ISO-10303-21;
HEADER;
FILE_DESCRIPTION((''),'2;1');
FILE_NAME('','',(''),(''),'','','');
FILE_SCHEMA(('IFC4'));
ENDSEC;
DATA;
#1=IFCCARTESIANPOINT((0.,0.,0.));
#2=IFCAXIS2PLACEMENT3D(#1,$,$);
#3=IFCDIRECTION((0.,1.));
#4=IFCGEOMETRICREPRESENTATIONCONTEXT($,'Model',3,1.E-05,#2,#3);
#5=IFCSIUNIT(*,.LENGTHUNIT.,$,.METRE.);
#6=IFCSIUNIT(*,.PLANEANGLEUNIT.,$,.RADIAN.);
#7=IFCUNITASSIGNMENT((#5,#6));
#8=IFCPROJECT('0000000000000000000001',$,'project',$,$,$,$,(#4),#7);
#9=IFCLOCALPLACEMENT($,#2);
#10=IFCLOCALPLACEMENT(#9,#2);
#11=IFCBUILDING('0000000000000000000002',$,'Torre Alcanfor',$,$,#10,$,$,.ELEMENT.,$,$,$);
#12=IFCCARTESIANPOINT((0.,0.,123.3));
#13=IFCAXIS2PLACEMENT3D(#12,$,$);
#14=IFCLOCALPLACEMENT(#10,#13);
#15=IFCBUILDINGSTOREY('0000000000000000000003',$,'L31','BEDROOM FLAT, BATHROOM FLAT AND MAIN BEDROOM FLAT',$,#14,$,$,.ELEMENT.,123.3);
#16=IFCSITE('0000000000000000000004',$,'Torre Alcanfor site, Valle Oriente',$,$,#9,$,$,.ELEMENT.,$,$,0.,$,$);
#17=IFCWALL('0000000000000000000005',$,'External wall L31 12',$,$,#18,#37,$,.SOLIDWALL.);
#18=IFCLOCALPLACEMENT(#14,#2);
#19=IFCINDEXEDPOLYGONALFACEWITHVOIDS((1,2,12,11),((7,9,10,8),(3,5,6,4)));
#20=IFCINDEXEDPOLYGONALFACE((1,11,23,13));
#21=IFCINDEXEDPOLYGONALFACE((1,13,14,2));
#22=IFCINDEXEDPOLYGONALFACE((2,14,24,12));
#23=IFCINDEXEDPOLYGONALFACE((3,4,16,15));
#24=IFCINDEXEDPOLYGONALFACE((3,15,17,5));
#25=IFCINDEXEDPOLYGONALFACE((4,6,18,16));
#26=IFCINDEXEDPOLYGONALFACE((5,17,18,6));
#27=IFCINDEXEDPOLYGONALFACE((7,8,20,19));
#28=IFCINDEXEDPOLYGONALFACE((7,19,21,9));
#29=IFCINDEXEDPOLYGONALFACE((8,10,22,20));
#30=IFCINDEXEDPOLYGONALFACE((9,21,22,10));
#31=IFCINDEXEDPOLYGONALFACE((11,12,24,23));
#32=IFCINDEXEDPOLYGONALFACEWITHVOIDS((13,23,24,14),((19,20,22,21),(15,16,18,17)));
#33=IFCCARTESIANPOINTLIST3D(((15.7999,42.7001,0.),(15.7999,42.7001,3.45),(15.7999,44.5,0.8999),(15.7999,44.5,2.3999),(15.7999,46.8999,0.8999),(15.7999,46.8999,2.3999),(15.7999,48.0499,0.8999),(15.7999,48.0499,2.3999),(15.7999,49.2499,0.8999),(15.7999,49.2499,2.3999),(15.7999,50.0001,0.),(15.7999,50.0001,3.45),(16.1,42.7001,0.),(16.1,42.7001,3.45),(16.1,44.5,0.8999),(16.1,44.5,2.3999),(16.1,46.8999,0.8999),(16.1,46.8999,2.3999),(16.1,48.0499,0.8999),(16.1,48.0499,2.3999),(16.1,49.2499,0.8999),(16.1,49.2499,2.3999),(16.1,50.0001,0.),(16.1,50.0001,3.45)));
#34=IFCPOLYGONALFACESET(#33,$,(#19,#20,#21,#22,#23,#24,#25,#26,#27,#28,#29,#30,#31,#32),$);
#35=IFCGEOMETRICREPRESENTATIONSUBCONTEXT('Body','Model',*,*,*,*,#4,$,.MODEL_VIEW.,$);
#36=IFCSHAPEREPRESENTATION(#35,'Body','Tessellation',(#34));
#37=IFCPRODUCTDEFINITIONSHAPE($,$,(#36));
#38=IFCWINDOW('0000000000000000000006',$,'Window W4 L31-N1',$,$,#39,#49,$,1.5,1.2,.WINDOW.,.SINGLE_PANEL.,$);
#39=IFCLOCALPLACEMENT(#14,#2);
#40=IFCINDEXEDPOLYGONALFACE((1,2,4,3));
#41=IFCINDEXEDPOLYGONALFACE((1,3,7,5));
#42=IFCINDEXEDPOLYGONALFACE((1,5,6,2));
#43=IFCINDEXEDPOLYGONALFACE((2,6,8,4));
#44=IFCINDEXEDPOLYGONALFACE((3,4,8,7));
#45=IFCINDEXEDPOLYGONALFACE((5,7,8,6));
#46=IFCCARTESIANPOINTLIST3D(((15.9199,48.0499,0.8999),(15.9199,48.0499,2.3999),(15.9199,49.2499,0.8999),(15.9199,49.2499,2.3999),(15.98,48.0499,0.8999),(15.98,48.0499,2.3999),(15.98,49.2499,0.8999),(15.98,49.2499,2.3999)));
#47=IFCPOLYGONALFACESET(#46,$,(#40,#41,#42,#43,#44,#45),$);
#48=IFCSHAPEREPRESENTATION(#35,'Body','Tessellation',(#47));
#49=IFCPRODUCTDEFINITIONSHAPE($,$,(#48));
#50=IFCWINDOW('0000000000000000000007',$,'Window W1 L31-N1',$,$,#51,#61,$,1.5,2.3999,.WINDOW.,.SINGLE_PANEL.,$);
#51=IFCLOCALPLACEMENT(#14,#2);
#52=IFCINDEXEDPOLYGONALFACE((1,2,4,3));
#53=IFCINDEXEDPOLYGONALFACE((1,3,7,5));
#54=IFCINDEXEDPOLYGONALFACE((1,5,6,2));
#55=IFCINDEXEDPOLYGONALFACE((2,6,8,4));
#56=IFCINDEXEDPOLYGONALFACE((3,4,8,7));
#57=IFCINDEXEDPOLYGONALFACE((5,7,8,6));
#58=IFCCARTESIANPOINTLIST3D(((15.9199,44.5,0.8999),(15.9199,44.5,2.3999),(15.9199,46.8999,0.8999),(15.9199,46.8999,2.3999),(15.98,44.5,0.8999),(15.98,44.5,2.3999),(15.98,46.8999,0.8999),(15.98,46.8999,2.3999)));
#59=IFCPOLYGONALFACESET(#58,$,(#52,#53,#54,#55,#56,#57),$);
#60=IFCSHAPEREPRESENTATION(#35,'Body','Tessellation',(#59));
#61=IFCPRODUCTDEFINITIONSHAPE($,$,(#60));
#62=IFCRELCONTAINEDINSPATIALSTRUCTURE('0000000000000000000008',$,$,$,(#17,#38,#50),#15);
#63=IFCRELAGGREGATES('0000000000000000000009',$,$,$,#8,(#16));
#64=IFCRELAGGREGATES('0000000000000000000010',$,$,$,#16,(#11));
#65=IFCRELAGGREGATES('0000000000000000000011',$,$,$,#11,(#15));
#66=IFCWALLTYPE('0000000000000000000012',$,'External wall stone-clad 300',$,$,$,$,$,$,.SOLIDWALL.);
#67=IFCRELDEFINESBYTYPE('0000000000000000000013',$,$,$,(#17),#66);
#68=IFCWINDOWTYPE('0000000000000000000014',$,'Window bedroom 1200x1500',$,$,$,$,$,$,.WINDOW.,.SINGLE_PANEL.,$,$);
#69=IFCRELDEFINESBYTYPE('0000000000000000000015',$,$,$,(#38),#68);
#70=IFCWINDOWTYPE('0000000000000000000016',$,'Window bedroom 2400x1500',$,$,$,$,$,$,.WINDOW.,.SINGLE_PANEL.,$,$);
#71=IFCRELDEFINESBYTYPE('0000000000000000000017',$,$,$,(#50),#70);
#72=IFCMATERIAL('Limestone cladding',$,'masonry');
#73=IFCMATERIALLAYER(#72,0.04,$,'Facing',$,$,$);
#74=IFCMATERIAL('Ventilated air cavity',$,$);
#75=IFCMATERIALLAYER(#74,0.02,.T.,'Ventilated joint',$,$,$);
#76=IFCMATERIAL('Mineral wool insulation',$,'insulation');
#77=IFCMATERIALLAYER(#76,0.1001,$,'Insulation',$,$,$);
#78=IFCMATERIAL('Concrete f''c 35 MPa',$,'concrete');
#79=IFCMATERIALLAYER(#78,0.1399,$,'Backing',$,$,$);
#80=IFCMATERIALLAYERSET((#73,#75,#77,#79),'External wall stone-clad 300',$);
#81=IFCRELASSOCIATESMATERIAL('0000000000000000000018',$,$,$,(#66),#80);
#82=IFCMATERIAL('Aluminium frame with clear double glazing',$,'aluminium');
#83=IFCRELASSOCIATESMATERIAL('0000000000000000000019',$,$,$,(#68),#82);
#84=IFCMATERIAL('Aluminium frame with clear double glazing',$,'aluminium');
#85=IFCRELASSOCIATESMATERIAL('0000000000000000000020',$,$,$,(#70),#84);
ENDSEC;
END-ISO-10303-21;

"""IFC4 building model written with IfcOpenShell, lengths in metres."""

from ifc_helpers import new_model, si_unit, direction, frame, frame_2d, origin, place, context, subcontext, project, spatial, rectangle, extrude, material, layer, layer_set, type_object, element, fill, save


model = new_model("IFC4")

# Units and contexts
model_context = context("Model", 3, precision=1e-05, world=origin(), true_north=direction((0.0, 1.0)))
body_context = subcontext(model_context, "Body", "Model", "MODEL_VIEW")
ifc_project = project(units=[si_unit("LENGTHUNIT", "METRE"), si_unit("PLANEANGLEUNIT", "RADIAN")], contexts=[model_context])

# Site, building, storey
site_placement = place(None, origin())
site = spatial("IfcSite", under=ifc_project, at=site_placement, Name="Torre Alcanfor site, Valle Oriente", CompositionType="ELEMENT", RefElevation=0.0)
building_placement = place(site_placement, origin())
building = spatial("IfcBuilding", under=site, at=building_placement, Name="Torre Alcanfor", CompositionType="ELEMENT")
storey_placement = place(building_placement, frame((0.0, 0.0, 123.3)))
storey = spatial("IfcBuildingStorey", under=building, at=storey_placement, Name="L31", Description="BEDROOM FLAT, BATHROOM FLAT AND MAIN BEDROOM FLAT", CompositionType="ELEMENT", Elevation=123.3)

# Shared definitions
ifc_material_1 = material(Name="Limestone cladding", Category="masonry")
ifc_layer_1 = layer(ifc_material_1, 0.04, Name="Facing")
ifc_material_2 = material(Name="Ventilated air cavity")
ifc_layer_2 = layer(ifc_material_2, 0.02, ventilated=True, Name="Ventilated joint")
ifc_material_3 = material(Name="Mineral wool insulation", Category="insulation")
ifc_layer_3 = layer(ifc_material_3, 0.1001, Name="Insulation")
ifc_material_4 = material(Name="Concrete f'c 35 MPa", Category="concrete")
ifc_layer_4 = layer(ifc_material_4, 0.1399, Name="Backing")
ifc_layer_set_1 = layer_set([ifc_layer_1, ifc_layer_2, ifc_layer_3, ifc_layer_4], Name="External wall stone-clad 300")
wall_type_1 = type_object("IfcWallType", Name="External wall stone-clad 300", PredefinedType="SOLIDWALL", material=ifc_layer_set_1)
ifc_material_5 = material(Name="Aluminium frame with clear double glazing", Category="aluminium")
window_type_1 = type_object("IfcWindowType", Name="Window bedroom 1200x1500", PartitioningType="SINGLE_PANEL", PredefinedType="WINDOW", material=ifc_material_5)

# Wall, openings, windows
wall_1_placement = place(storey_placement, frame((15.95, 50.0, 0.0), z_axis=(0.0, 0.0, 1.0), x_axis=(0.0, -1.0, 0.0)))
wall_1 = element("IfcWall", 1, at=wall_1_placement, inside=storey, type_object=wall_type_1, Name="External wall L31 12", PredefinedType="SOLIDWALL", context=body_context, shape_type="SweptSolid", body=[
    extrude(rectangle(XDim=7.3, YDim=0.3, at=frame_2d((3.6499, 0.0))), origin(), (0.0, 0.0, 1.0), 3.45),
])
opening_1_placement = place(wall_1_placement, frame((3.1001, 0.0, 0.8999)))
opening_1 = element("IfcOpeningElement", 2, at=opening_1_placement, cuts=wall_1, PredefinedType="OPENING", context=body_context, shape_type="SweptSolid", body=[
    extrude(rectangle(XDim=2.3999, YDim=1.5, at=frame_2d((1.2, 0.75))), frame((0.0, 0.1599, 0.0), z_axis=(0.0, -1.0, 0.0), x_axis=(1.0, 0.0, 0.0)), (0.0, 0.0, 1.0), 0.3201),
])
opening_2_placement = place(wall_1_placement, frame((0.75, 0.0, 0.8999)))
opening_2 = element("IfcOpeningElement", 3, at=opening_2_placement, cuts=wall_1, PredefinedType="OPENING", context=body_context, shape_type="SweptSolid", body=[
    extrude(rectangle(XDim=1.2, YDim=1.5, at=frame_2d((0.6001, 0.75))), frame((0.0, 0.1599, 0.0), z_axis=(0.0, -1.0, 0.0), x_axis=(1.0, 0.0, 0.0)), (0.0, 0.0, 1.0), 0.3201),
])
window_1_placement = place(opening_2_placement, origin())
window_1 = element("IfcWindow", 4, at=window_1_placement, inside=storey, type_object=window_type_1, Name="Window W4 L31-N1", OverallHeight=1.5, OverallWidth=1.2, PartitioningType="SINGLE_PANEL", PredefinedType="WINDOW", context=body_context, shape_type="SweptSolid", body=[
    extrude(rectangle(XDim=1.2, YDim=1.5, at=frame_2d((0.6001, 0.75))), frame((0.0, 0.03, 0.0), z_axis=(0.0, -1.0, 0.0), x_axis=(1.0, 0.0, 0.0)), (0.0, 0.0, 1.0), 0.0601),
])
fill(opening_2, window_1)
ifc_material_6 = material(Name="Aluminium frame with clear double glazing", Category="aluminium")
window_type_2 = type_object("IfcWindowType", Name="Window bedroom 2400x1500", PartitioningType="SINGLE_PANEL", PredefinedType="WINDOW", material=ifc_material_6)
window_2_placement = place(opening_1_placement, origin())
window_2 = element("IfcWindow", 5, at=window_2_placement, inside=storey, type_object=window_type_2, Name="Window W1 L31-N1", OverallHeight=1.5, OverallWidth=2.3999, PartitioningType="SINGLE_PANEL", PredefinedType="WINDOW", context=body_context, shape_type="SweptSolid", body=[
    extrude(rectangle(XDim=2.3999, YDim=1.5, at=frame_2d((1.2, 0.75))), frame((0.0, 0.03, 0.0), z_axis=(0.0, -1.0, 0.0), x_axis=(1.0, 0.0, 0.0)), (0.0, 0.0, 1.0), 0.0601),
])
fill(opening_1, window_2)

save(model, "model.ifc")
